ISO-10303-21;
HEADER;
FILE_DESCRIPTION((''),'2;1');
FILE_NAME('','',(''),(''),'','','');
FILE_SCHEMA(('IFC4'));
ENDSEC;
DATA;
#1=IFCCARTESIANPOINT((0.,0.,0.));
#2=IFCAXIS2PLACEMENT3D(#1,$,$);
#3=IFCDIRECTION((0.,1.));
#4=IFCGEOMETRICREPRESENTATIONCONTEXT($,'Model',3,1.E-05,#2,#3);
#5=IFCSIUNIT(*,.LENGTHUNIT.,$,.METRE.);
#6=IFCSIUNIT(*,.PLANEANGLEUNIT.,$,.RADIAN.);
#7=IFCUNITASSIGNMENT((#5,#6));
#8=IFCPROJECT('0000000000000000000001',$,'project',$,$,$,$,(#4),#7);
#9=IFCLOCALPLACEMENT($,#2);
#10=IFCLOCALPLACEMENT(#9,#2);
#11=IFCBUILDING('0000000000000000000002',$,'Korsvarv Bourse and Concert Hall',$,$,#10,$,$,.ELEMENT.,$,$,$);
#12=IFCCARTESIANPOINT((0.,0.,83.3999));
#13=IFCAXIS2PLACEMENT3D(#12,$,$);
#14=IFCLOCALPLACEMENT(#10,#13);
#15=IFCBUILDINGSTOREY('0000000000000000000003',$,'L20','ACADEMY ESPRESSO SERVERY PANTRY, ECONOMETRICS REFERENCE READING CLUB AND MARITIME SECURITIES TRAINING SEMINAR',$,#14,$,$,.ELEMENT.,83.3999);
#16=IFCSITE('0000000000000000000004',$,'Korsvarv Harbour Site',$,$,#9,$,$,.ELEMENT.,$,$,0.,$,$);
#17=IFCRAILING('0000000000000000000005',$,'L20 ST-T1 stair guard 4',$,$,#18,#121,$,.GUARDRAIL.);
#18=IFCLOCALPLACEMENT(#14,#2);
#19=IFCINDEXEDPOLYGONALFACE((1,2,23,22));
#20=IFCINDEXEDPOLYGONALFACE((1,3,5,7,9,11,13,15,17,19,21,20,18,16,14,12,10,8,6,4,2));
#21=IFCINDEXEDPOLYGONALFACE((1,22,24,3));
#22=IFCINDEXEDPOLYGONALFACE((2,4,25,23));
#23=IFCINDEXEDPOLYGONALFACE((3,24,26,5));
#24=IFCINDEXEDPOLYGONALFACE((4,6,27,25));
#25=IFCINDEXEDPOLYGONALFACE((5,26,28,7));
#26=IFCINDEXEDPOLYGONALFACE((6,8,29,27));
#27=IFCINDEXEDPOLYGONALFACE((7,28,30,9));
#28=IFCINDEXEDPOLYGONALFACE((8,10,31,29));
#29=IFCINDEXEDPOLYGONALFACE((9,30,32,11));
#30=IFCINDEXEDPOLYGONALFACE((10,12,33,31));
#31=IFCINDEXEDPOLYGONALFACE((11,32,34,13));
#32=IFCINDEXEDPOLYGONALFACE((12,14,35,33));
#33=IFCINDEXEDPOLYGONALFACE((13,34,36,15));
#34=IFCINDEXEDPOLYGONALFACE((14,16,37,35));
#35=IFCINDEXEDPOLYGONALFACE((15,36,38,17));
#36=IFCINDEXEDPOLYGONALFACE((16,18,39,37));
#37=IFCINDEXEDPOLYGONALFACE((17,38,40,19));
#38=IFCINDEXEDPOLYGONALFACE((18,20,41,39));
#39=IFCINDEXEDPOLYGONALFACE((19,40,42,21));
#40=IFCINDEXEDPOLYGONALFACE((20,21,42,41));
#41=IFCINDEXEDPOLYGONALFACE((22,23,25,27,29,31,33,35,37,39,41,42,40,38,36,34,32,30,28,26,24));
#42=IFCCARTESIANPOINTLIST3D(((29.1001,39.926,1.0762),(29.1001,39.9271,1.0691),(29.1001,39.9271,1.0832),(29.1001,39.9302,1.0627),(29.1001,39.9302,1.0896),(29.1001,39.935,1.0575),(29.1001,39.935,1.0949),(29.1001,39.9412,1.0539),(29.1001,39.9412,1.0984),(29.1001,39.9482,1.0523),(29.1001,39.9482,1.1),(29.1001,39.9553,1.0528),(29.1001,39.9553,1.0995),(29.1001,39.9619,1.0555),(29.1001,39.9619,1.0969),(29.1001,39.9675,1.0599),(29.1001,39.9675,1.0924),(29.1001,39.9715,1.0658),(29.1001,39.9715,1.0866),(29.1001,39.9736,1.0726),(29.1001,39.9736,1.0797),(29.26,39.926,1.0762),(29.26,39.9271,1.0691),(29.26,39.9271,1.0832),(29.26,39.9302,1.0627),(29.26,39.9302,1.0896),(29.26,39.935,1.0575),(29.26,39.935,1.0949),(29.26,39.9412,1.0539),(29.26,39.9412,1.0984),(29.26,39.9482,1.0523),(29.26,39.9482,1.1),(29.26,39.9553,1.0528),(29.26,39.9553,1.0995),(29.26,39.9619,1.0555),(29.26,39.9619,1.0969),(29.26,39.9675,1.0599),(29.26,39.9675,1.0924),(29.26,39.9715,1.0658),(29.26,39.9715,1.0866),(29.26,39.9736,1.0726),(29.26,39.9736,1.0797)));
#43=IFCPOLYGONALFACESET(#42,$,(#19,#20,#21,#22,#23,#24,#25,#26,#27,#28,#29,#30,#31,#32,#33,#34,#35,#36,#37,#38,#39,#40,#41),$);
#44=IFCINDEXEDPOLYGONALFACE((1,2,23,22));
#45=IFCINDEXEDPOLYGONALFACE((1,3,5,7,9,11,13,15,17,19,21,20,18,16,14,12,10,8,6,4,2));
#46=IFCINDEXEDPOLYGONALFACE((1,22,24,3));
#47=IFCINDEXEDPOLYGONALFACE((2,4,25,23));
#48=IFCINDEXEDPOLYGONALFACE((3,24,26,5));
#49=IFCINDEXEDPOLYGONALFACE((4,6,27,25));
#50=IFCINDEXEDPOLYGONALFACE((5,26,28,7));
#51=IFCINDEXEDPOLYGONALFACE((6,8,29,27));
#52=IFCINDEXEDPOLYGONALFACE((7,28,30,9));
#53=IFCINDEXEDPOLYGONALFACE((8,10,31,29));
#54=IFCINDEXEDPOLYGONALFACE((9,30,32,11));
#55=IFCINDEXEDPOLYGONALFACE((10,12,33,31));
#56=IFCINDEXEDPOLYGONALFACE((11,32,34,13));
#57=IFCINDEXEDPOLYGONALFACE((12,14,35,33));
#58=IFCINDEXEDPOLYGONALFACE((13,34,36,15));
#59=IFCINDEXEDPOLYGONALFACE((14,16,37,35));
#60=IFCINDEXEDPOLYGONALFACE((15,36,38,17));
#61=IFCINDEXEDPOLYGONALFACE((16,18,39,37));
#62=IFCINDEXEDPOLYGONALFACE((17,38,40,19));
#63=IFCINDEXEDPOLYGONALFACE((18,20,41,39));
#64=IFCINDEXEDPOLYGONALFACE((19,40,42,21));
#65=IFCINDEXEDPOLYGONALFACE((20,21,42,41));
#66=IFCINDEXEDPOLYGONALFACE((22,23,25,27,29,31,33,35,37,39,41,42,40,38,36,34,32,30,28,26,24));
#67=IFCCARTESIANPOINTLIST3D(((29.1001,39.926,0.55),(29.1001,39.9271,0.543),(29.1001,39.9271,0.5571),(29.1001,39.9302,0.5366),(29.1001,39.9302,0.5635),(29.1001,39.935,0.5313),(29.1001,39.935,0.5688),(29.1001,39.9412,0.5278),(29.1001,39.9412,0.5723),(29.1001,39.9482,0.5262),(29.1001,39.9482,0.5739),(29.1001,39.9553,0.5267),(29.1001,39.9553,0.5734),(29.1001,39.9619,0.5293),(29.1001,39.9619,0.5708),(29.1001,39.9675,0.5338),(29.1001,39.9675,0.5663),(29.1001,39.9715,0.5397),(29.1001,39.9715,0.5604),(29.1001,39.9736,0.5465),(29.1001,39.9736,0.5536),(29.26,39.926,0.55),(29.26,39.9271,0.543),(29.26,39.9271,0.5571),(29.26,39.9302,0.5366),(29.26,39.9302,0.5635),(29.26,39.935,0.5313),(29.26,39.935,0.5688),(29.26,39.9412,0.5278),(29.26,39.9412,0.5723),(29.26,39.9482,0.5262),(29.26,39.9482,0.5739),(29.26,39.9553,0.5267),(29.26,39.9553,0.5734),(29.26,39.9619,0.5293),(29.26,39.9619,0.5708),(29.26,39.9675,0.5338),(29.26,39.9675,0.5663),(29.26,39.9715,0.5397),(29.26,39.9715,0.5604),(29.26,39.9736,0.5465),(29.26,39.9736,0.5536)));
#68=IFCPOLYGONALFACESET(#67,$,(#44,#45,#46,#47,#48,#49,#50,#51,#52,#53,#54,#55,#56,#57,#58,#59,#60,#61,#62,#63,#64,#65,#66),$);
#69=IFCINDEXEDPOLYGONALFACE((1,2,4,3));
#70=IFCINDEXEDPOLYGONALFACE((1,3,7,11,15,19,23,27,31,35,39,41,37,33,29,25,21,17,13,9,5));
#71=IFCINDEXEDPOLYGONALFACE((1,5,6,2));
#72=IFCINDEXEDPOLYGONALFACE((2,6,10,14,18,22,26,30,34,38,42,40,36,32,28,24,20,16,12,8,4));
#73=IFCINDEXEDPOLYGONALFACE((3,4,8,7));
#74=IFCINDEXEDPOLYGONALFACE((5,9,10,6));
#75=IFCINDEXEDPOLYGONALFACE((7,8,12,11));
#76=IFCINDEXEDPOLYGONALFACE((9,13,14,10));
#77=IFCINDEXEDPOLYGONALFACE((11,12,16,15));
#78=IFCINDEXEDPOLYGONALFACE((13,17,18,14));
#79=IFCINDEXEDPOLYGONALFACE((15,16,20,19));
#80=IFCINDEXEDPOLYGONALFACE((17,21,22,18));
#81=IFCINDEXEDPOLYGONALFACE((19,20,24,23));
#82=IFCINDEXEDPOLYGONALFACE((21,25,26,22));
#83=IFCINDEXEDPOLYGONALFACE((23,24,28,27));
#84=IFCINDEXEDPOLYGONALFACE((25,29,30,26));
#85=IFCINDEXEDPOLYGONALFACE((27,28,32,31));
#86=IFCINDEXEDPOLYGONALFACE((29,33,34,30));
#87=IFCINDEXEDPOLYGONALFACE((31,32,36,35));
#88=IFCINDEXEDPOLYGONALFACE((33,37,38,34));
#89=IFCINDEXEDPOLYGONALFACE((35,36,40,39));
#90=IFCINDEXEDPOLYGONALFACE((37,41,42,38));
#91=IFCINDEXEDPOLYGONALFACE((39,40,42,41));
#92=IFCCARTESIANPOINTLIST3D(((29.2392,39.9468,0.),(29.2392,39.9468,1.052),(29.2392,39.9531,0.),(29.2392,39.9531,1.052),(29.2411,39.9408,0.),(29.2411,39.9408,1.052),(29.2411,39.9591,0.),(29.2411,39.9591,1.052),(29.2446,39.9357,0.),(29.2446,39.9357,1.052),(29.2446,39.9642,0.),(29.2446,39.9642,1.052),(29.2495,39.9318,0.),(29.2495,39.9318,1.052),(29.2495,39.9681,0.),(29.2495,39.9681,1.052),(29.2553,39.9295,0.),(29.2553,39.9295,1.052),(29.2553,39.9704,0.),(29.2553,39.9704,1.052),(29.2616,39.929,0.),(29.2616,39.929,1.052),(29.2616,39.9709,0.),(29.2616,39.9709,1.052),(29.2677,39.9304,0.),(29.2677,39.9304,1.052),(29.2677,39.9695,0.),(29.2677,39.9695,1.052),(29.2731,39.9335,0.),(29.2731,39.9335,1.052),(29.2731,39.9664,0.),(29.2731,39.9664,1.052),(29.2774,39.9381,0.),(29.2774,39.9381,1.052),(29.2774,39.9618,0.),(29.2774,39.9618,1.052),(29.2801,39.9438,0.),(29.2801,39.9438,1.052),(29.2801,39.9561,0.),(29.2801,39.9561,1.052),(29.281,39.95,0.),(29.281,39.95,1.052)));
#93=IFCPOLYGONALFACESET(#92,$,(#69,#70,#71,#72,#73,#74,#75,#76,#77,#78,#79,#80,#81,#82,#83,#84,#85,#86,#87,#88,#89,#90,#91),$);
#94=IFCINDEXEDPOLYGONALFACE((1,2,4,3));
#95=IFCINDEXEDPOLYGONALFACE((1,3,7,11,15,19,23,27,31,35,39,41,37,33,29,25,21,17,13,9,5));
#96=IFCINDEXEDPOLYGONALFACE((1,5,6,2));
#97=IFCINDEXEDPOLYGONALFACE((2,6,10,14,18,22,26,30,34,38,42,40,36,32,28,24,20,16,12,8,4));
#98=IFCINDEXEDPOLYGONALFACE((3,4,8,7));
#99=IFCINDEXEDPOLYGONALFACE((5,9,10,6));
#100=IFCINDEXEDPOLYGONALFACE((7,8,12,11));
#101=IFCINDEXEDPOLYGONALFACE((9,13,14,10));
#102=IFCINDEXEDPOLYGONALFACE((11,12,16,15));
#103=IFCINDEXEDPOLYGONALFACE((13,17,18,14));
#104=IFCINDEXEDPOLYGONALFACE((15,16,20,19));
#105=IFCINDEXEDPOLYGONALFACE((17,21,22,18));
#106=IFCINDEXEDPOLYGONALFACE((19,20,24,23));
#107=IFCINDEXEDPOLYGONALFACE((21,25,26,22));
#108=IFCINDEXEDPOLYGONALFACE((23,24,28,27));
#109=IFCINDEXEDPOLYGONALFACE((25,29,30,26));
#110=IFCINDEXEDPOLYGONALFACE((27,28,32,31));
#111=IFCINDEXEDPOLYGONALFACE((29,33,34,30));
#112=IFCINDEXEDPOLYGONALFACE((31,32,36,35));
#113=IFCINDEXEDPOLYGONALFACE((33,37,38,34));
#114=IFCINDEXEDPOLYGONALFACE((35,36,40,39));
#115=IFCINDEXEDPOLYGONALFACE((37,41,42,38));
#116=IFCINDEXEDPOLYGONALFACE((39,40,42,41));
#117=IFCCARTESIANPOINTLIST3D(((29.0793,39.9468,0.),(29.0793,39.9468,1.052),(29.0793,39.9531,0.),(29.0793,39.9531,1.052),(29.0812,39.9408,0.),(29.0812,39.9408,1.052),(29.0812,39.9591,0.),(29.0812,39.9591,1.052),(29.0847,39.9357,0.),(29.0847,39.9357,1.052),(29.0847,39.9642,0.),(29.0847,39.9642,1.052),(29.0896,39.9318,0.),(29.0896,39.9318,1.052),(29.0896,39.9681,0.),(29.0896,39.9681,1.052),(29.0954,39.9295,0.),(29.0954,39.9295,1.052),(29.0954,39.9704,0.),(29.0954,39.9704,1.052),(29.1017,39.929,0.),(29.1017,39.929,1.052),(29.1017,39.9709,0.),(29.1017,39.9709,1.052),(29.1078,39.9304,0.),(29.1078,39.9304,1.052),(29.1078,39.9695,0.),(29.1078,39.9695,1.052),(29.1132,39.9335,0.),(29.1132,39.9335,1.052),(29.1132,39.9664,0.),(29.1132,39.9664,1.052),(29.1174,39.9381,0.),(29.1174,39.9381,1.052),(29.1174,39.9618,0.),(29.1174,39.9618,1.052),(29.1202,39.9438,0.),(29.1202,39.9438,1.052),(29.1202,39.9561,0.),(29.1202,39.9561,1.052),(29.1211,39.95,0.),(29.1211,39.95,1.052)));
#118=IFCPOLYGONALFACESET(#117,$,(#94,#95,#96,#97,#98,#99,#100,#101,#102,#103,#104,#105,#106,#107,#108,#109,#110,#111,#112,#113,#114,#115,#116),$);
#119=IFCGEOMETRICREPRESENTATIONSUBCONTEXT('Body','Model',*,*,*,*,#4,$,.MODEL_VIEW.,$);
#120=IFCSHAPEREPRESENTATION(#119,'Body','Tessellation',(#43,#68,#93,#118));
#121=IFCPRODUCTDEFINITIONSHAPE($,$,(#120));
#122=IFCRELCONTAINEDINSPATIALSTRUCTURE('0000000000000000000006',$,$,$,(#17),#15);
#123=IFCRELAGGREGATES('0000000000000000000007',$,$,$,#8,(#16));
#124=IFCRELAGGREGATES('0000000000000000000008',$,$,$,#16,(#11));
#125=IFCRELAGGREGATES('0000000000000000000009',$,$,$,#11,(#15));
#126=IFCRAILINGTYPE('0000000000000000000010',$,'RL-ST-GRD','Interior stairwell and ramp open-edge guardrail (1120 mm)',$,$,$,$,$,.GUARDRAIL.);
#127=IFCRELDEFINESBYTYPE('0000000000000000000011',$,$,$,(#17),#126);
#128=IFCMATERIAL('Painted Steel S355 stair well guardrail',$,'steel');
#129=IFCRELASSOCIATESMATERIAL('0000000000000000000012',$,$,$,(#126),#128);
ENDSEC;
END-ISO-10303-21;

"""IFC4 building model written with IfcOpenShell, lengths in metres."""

from ifc_helpers import new_model, si_unit, direction, frame, origin, origin_2d, place, context, subcontext, project, spatial, circle, extrude, material, type_object, element, save


model = new_model("IFC4")

# Units and contexts
model_context = context("Model", 3, precision=1e-05, world=origin(), true_north=direction((0.0, 1.0)))
body_context = subcontext(model_context, "Body", "Model", "MODEL_VIEW")
ifc_project = project(units=[si_unit("LENGTHUNIT", "METRE"), si_unit("PLANEANGLEUNIT", "RADIAN")], contexts=[model_context])

# Site, building, storey
site_placement = place(None, origin())
site = spatial("IfcSite", under=ifc_project, at=site_placement, Name="Korsvarv Harbour Site", CompositionType="ELEMENT", RefElevation=0.0)
building_placement = place(site_placement, origin())
building = spatial("IfcBuilding", under=site, at=building_placement, Name="Korsvarv Bourse and Concert Hall", CompositionType="ELEMENT")
storey_placement = place(building_placement, frame((0.0, 0.0, 83.3999)))
storey = spatial("IfcBuildingStorey", under=building, at=storey_placement, Name="L20", Description="ACADEMY ESPRESSO SERVERY PANTRY, ECONOMETRICS REFERENCE READING CLUB AND MARITIME SECURITIES TRAINING SEMINAR", CompositionType="ELEMENT", Elevation=83.3999)

# Railing
ifc_material_1 = material(Name="Painted Steel S355 stair well guardrail", Category="steel")
railing_type = type_object("IfcRailingType", Name="RL-ST-GRD", Description="Interior stairwell and ramp open-edge guardrail (1120 mm)", PredefinedType="GUARDRAIL", material=ifc_material_1)
railing_placement = place(storey_placement, frame((29.26, 39.95, 0.0)))
element("IfcRailing", 1, at=railing_placement, inside=storey, type_object=railing_type, Name="L20 ST-T1 stair guard 4", PredefinedType="GUARDRAIL", context=body_context, shape_type="SweptSolid", body=[
    extrude(circle(Radius=0.0239, at=origin_2d()), frame((0.0, 0.0, 1.0762), z_axis=(-1.0, 0.0, 0.0), x_axis=(0.0, -1.0, 0.0)), (0.0, 0.0, 1.0), 0.1599),
    extrude(circle(Radius=0.0239, at=origin_2d()), frame((0.0, 0.0, 0.55), z_axis=(-1.0, 0.0, 0.0), x_axis=(0.0, -1.0, 0.0)), (0.0, 0.0, 1.0), 0.1599),
    extrude(circle(Radius=0.021, at=origin_2d()), origin(), (0.0, 0.0, 1.0), 1.052),
    extrude(circle(Radius=0.021, at=origin_2d()), frame((-0.1599, 0.0, 0.0)), (0.0, 0.0, 1.0), 1.052),
])

save(model, "model.ifc")
